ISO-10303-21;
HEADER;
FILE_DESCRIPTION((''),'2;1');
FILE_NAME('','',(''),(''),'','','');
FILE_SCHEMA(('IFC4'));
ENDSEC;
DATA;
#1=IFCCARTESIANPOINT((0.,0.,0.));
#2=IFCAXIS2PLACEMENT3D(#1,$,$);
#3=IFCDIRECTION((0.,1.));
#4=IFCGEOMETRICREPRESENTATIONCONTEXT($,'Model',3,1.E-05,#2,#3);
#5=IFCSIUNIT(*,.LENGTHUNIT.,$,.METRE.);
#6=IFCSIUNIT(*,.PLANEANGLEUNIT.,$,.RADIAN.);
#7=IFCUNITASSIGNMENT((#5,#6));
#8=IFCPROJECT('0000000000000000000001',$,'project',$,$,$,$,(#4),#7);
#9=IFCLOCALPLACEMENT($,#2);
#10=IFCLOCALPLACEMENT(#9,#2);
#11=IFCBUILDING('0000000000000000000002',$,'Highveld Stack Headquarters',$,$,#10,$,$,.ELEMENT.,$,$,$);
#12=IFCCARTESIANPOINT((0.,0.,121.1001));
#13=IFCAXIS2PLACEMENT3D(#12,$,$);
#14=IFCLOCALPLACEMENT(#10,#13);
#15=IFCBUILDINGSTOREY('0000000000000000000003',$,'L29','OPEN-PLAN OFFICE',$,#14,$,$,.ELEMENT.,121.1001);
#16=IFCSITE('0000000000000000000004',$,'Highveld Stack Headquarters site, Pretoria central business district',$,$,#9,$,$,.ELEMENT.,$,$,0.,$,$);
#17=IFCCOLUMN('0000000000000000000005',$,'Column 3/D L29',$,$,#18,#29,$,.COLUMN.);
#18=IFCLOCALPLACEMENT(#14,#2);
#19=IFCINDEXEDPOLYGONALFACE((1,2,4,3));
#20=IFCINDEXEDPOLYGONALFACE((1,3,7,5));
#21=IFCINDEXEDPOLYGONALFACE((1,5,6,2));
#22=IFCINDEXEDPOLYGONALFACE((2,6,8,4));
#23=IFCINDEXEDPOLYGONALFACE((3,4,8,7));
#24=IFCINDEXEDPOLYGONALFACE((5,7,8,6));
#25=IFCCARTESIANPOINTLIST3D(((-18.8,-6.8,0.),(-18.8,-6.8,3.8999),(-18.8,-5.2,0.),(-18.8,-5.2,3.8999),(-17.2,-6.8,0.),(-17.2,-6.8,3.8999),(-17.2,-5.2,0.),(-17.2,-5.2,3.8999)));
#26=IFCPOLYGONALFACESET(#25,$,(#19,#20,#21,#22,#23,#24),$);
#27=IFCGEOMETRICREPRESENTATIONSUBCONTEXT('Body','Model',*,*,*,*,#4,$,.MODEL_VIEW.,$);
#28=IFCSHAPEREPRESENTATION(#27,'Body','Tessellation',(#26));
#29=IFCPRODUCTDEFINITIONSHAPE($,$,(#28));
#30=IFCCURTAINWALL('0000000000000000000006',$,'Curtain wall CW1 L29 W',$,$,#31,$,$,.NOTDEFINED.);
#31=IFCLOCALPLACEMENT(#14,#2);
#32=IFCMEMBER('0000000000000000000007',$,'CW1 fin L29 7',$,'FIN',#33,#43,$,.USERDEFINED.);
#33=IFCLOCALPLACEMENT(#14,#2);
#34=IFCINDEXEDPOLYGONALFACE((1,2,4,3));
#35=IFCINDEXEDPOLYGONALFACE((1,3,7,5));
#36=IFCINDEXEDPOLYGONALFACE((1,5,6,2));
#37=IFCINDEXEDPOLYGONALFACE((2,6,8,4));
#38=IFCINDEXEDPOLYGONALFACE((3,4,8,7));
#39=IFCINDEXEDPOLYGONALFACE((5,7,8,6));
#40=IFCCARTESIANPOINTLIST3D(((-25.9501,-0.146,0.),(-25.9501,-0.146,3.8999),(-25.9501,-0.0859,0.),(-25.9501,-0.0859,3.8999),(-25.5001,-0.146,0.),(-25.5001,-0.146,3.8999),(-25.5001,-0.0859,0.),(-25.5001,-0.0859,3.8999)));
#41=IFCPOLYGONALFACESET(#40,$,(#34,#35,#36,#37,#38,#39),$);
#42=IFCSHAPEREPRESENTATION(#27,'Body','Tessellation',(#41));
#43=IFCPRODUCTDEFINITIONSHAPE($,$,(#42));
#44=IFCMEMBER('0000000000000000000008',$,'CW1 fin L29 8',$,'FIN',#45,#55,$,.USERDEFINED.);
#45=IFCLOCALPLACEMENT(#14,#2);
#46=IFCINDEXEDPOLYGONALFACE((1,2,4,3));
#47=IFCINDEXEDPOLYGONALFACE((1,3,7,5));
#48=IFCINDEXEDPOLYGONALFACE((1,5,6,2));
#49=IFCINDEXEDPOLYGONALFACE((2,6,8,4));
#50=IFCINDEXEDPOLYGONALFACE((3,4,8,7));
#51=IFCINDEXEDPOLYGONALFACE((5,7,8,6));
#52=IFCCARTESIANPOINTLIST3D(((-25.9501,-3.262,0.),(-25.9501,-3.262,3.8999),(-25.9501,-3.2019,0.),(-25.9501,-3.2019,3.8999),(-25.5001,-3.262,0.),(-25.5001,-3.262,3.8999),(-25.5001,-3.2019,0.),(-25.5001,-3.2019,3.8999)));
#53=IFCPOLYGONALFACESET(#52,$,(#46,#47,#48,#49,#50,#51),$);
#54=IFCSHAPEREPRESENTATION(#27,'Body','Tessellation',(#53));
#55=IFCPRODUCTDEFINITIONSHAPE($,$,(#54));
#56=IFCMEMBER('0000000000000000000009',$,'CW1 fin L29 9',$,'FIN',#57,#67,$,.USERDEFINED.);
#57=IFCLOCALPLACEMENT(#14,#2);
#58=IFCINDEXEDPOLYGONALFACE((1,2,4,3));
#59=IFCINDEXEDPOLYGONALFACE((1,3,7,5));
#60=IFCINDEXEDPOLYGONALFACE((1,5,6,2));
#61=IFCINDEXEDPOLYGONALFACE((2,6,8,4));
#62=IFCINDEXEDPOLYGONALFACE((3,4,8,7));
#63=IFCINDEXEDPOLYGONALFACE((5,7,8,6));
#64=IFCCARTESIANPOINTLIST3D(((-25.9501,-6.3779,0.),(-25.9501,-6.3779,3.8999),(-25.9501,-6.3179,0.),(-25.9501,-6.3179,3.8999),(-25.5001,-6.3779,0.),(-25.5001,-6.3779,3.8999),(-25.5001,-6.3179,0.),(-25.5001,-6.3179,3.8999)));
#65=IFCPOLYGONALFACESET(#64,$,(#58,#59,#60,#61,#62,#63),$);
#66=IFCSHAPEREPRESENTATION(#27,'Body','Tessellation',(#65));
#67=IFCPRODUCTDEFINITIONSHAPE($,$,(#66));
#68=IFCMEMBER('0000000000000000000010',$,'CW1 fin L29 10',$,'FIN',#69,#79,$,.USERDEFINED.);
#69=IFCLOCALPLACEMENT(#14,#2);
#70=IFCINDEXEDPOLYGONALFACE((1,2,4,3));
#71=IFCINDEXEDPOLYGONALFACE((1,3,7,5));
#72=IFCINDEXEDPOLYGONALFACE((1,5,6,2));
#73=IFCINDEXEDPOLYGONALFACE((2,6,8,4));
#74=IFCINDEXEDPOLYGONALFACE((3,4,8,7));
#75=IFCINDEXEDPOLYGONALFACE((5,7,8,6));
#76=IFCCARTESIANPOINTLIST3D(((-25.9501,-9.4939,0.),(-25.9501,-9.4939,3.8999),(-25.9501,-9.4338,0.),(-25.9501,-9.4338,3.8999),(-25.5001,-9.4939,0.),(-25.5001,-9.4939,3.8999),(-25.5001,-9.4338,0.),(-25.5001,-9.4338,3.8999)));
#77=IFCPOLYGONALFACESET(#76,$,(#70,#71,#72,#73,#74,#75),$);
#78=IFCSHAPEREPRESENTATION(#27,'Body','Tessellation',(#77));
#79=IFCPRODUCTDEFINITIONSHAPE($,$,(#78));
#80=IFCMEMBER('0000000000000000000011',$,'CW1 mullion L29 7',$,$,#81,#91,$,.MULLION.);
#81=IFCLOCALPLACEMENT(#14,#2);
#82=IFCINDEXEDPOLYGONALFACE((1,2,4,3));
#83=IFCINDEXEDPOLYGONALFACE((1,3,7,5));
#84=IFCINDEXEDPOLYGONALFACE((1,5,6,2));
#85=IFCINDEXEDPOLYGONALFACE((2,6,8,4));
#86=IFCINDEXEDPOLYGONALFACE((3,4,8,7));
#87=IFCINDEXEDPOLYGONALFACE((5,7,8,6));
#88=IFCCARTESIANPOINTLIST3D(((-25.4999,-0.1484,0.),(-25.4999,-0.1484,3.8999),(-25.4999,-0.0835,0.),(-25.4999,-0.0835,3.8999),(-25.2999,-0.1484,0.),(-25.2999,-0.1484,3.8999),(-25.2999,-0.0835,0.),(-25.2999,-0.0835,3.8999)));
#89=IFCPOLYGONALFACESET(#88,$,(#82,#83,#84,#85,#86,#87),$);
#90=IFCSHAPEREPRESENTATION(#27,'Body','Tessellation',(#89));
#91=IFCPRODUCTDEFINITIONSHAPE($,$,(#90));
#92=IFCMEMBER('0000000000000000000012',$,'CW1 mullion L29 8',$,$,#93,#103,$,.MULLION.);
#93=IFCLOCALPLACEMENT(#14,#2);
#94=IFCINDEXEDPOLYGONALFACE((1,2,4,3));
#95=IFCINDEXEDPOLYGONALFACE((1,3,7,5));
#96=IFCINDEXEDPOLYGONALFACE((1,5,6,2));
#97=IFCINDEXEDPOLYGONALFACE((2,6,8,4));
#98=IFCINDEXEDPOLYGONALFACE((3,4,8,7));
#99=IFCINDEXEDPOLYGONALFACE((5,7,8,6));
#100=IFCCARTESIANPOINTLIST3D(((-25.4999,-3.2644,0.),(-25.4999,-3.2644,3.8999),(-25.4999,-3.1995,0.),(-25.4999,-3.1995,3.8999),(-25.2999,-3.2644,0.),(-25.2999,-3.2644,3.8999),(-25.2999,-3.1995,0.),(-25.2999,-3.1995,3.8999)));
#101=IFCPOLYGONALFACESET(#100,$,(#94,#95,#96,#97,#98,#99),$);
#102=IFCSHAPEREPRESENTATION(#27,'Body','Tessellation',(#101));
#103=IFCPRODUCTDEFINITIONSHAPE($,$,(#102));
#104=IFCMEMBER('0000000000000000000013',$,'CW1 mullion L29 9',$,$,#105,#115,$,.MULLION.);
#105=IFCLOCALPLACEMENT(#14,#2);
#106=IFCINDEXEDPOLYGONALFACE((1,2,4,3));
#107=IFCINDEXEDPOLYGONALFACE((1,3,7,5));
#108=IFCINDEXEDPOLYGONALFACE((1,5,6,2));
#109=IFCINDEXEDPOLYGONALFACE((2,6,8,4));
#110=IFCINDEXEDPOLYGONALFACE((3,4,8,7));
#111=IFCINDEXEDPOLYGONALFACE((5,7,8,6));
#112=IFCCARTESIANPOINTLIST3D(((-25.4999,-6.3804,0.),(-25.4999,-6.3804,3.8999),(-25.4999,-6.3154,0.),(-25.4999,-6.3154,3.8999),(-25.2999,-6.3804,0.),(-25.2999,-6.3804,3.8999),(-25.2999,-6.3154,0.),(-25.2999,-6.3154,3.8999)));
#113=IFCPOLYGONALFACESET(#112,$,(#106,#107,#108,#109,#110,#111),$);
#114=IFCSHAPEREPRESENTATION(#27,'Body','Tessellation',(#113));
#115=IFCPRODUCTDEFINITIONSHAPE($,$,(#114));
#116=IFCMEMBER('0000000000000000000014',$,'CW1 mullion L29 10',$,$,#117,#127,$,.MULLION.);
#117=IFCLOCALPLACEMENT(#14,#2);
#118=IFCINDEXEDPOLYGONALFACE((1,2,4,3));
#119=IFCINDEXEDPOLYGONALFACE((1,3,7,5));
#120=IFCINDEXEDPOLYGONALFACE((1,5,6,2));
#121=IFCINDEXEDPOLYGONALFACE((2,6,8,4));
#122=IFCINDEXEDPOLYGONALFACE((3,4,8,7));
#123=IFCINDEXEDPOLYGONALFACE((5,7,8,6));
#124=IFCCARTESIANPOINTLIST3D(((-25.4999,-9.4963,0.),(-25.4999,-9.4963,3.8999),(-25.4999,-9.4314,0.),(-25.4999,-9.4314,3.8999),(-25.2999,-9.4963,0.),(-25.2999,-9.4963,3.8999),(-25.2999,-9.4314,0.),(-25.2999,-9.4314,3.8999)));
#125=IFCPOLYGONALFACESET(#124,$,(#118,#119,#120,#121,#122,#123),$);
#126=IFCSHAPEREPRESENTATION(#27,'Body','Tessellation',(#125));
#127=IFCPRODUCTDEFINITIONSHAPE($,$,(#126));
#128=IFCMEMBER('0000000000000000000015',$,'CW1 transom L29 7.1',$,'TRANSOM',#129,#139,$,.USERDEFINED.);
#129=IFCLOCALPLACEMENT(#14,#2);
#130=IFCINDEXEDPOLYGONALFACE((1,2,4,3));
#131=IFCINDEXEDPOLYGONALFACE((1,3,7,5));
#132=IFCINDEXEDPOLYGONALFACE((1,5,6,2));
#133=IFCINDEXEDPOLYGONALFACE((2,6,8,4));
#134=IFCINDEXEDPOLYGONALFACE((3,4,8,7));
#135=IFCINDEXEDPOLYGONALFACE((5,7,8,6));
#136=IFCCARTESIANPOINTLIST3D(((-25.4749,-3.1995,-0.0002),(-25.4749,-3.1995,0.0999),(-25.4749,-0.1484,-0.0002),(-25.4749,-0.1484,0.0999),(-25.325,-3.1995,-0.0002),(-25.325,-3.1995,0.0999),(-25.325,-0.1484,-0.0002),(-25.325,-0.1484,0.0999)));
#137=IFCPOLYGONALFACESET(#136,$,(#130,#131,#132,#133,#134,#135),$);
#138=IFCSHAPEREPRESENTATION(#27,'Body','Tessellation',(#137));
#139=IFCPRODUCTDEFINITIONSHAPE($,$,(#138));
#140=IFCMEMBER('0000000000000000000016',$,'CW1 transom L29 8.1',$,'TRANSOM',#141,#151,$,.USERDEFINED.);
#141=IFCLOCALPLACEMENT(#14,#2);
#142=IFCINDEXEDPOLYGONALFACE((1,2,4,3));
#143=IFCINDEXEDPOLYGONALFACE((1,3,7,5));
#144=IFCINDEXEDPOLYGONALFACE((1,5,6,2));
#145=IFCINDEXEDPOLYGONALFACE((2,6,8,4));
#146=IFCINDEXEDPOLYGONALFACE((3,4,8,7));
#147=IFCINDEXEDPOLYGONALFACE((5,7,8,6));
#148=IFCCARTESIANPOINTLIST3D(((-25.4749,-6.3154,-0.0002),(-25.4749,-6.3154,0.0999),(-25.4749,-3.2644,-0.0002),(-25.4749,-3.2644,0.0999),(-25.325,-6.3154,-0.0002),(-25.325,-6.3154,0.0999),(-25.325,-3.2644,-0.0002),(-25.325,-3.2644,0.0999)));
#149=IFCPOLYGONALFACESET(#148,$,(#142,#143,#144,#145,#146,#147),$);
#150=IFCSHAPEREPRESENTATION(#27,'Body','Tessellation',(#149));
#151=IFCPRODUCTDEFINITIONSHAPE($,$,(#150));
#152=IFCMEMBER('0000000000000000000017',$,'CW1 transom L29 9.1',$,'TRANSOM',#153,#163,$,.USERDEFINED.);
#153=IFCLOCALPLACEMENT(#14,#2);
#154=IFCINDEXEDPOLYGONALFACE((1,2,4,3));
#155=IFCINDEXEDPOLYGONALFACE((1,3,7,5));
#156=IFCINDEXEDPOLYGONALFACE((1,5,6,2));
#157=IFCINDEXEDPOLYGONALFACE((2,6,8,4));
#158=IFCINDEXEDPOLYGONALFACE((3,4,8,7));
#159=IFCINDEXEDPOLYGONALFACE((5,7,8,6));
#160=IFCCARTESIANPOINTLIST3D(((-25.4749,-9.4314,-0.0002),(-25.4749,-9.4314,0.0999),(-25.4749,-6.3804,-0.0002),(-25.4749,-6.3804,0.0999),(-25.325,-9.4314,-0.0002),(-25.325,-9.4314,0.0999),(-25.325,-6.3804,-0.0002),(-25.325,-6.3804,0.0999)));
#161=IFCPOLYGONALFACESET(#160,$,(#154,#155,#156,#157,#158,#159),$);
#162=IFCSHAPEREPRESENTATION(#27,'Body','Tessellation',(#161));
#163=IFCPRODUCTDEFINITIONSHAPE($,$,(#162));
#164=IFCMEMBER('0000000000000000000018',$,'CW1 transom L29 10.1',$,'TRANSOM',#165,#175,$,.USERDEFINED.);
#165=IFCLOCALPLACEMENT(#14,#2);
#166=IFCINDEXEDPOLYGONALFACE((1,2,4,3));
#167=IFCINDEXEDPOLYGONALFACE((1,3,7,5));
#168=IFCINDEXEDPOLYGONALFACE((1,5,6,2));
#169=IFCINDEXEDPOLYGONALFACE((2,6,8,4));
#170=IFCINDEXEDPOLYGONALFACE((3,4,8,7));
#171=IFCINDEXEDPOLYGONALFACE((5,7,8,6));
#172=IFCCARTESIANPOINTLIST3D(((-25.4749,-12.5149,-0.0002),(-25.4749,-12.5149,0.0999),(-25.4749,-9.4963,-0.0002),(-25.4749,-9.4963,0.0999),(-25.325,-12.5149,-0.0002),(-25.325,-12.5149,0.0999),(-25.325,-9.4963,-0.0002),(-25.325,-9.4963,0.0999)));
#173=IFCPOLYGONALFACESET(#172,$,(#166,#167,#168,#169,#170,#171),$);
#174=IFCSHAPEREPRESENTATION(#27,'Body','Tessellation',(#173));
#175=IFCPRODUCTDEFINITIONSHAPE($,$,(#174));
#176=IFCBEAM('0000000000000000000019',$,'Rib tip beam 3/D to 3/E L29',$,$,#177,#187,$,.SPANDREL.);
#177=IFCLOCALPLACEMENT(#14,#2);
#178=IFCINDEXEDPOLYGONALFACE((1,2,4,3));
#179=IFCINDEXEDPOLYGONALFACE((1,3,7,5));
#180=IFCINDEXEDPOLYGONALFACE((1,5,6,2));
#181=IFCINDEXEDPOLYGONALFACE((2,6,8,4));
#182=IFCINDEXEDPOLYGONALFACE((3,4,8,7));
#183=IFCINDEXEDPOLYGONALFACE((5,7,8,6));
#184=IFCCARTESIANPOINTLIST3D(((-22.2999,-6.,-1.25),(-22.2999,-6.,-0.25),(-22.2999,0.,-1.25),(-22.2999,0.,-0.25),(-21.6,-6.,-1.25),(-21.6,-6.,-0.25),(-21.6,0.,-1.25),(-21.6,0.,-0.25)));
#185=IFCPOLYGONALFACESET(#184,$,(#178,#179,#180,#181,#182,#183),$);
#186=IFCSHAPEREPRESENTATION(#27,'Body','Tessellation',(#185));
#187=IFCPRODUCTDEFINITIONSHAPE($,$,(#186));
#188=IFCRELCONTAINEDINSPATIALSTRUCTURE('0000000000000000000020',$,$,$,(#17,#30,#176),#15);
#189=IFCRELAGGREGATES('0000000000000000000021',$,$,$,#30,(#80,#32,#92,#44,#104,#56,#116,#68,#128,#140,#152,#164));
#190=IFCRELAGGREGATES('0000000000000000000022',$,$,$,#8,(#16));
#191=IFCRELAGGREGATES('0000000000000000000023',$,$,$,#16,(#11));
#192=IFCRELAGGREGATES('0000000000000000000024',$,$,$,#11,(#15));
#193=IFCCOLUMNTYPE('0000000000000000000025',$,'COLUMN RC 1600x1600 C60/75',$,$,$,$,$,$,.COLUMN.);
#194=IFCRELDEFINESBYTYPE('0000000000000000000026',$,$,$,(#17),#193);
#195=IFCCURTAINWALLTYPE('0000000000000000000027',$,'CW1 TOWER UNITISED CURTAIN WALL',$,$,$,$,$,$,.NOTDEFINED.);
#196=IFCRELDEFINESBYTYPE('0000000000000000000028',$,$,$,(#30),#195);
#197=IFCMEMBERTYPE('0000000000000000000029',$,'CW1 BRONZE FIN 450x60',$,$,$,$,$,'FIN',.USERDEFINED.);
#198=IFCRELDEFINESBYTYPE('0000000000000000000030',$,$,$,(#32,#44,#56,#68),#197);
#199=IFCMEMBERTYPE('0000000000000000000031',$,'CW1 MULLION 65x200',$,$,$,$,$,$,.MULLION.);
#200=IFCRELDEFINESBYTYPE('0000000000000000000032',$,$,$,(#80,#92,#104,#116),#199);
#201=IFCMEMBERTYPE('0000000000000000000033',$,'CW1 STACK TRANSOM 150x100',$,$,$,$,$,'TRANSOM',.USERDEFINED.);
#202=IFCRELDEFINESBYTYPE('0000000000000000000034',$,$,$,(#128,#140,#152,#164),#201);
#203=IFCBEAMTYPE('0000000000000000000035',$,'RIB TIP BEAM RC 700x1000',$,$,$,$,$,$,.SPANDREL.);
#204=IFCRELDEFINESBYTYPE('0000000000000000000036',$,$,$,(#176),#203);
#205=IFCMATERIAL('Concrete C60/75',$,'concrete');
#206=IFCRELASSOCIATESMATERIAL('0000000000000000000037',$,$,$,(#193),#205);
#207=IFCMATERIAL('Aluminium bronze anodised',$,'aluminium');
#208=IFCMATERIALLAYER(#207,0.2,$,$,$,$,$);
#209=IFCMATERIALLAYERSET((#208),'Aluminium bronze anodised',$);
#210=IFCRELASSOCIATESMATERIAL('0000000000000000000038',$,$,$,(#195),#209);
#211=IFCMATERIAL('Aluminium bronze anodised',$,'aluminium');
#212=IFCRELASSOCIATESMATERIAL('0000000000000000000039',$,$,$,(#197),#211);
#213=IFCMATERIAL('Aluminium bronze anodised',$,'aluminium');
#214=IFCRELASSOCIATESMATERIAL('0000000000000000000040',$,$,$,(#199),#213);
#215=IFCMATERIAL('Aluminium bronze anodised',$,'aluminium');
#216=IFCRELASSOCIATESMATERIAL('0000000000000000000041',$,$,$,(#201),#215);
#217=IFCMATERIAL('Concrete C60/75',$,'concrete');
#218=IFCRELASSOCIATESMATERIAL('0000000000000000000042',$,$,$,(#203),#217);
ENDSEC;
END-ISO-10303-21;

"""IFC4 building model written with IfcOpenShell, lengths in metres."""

from ifc_helpers import new_model, si_unit, direction, frame, origin, origin_2d, place, context, subcontext, project, spatial, rectangle, extrude, material, layer, layer_set, material_profile, profile_set, type_object, element, aggregate, save


model = new_model("IFC4")

# Units and contexts
model_context = context("Model", 3, precision=1e-05, world=origin(), true_north=direction((0.0, 1.0)))
body_context = subcontext(model_context, "Body", "Model", "MODEL_VIEW")
ifc_project = project(units=[si_unit("LENGTHUNIT", "METRE"), si_unit("PLANEANGLEUNIT", "RADIAN")], contexts=[model_context])

# Site, building, storey
site_placement = place(None, origin())
site = spatial("IfcSite", under=ifc_project, at=site_placement, Name="Highveld Stack Headquarters site, Pretoria central business district", CompositionType="ELEMENT", RefElevation=0.0)
building_placement = place(site_placement, origin())
building = spatial("IfcBuilding", under=site, at=building_placement, Name="Highveld Stack Headquarters", CompositionType="ELEMENT")
storey_placement = place(building_placement, frame((0.0, 0.0, 121.1001)))
storey = spatial("IfcBuildingStorey", under=building, at=storey_placement, Name="L29", Description="OPEN-PLAN OFFICE", CompositionType="ELEMENT", Elevation=121.1001)

# Column
ifc_material_1 = material(Name="Concrete C60/75", Category="concrete")
ifc_material_profile_1 = material_profile(ifc_material_1, rectangle(XDim=1.6001, YDim=1.6001, at=origin_2d()), Name="RC 1600x1600")
ifc_profile_set_1 = profile_set([ifc_material_profile_1], Name="Concrete C60/75")
column_type = type_object("IfcColumnType", Name="COLUMN RC 1600x1600 C60/75", PredefinedType="COLUMN", material=ifc_profile_set_1)
column_placement = place(storey_placement, frame((-18.0, -6.0, 0.0), z_axis=(0.0, 0.0, 1.0), x_axis=(1.0, 0.0, 0.0)))
element("IfcColumn", 1, at=column_placement, inside=storey, type_object=column_type, Name="Column 3/D L29", PredefinedType="COLUMN", context=body_context, shape_type="SweptSolid", body=[
    extrude(rectangle(XDim=1.6001, YDim=1.6001, at=origin_2d()), origin(), (0.0, 0.0, 1.0), 3.8999),
])

# Curtain wall, members
ifc_material_2 = material(Name="Aluminium bronze anodised", Category="aluminium")
ifc_layer_1 = layer(ifc_material_2, 0.2)
ifc_layer_set_1 = layer_set([ifc_layer_1], Name="Aluminium bronze anodised")
curtain_wall_type = type_object("IfcCurtainWallType", Name="CW1 TOWER UNITISED CURTAIN WALL", PredefinedType="NOTDEFINED", material=ifc_layer_set_1)
curtain_wall_placement = place(storey_placement, origin())
curtain_wall = element("IfcCurtainWall", 2, at=curtain_wall_placement, inside=storey, type_object=curtain_wall_type, Name="Curtain wall CW1 L29 W", PredefinedType="NOTDEFINED")
ifc_material_3 = material(Name="Aluminium bronze anodised", Category="aluminium")
ifc_material_profile_2 = material_profile(ifc_material_3, rectangle(XDim=0.45, YDim=0.0601, at=origin_2d()), Name="FIN 450x60")
ifc_profile_set_2 = profile_set([ifc_material_profile_2], Name="Aluminium bronze anodised")
member_type_1 = type_object("IfcMemberType", Name="CW1 BRONZE FIN 450x60", ElementType="FIN", PredefinedType="USERDEFINED", material=ifc_profile_set_2)
member_1_placement = place(storey_placement, frame((-25.7251, -0.116, 0.0), z_axis=(0.0, 0.0, 1.0), x_axis=(1.0, 0.0, 0.0)))
member_1 = element("IfcMember", 3, at=member_1_placement, type_object=member_type_1, Name="CW1 fin L29 7", ObjectType="FIN", PredefinedType="USERDEFINED", context=body_context, shape_type="SweptSolid", body=[
    extrude(rectangle(XDim=0.45, YDim=0.0601, at=origin_2d()), origin(), (0.0, 0.0, 1.0), 3.8999),
])
member_2_placement = place(storey_placement, frame((-25.7251, -3.2319, 0.0), z_axis=(0.0, 0.0, 1.0), x_axis=(1.0, 0.0, 0.0)))
member_2 = element("IfcMember", 4, at=member_2_placement, type_object=member_type_1, Name="CW1 fin L29 8", ObjectType="FIN", PredefinedType="USERDEFINED", context=body_context, shape_type="SweptSolid", body=[
    extrude(rectangle(XDim=0.45, YDim=0.0601, at=origin_2d()), origin(), (0.0, 0.0, 1.0), 3.8999),
])
member_3_placement = place(storey_placement, frame((-25.7251, -6.3479, 0.0), z_axis=(0.0, 0.0, 1.0), x_axis=(1.0, 0.0, 0.0)))
member_3 = element("IfcMember", 5, at=member_3_placement, type_object=member_type_1, Name="CW1 fin L29 9", ObjectType="FIN", PredefinedType="USERDEFINED", context=body_context, shape_type="SweptSolid", body=[
    extrude(rectangle(XDim=0.45, YDim=0.0601, at=origin_2d()), origin(), (0.0, 0.0, 1.0), 3.8999),
])
member_4_placement = place(storey_placement, frame((-25.7251, -9.4639, 0.0), z_axis=(0.0, 0.0, 1.0), x_axis=(1.0, 0.0, 0.0)))
member_4 = element("IfcMember", 6, at=member_4_placement, type_object=member_type_1, Name="CW1 fin L29 10", ObjectType="FIN", PredefinedType="USERDEFINED", context=body_context, shape_type="SweptSolid", body=[
    extrude(rectangle(XDim=0.45, YDim=0.0601, at=origin_2d()), origin(), (0.0, 0.0, 1.0), 3.8999),
])
ifc_material_4 = material(Name="Aluminium bronze anodised", Category="aluminium")
ifc_material_profile_3 = material_profile(ifc_material_4, rectangle(XDim=0.2, YDim=0.0649, at=origin_2d()), Name="CW1 MULLION 65x200")
ifc_profile_set_3 = profile_set([ifc_material_profile_3], Name="Aluminium bronze anodised")
member_type_2 = type_object("IfcMemberType", Name="CW1 MULLION 65x200", PredefinedType="MULLION", material=ifc_profile_set_3)
member_5_placement = place(storey_placement, frame((-25.3999, -0.116, 0.0), z_axis=(0.0, 0.0, 1.0), x_axis=(1.0, 0.0, 0.0)))
member_5 = element("IfcMember", 7, at=member_5_placement, type_object=member_type_2, Name="CW1 mullion L29 7", PredefinedType="MULLION", context=body_context, shape_type="SweptSolid", body=[
    extrude(rectangle(XDim=0.2, YDim=0.0649, at=origin_2d()), origin(), (0.0, 0.0, 1.0), 3.8999),
])
member_6_placement = place(storey_placement, frame((-25.3999, -3.2319, 0.0), z_axis=(0.0, 0.0, 1.0), x_axis=(1.0, 0.0, 0.0)))
member_6 = element("IfcMember", 8, at=member_6_placement, type_object=member_type_2, Name="CW1 mullion L29 8", PredefinedType="MULLION", context=body_context, shape_type="SweptSolid", body=[
    extrude(rectangle(XDim=0.2, YDim=0.0649, at=origin_2d()), origin(), (0.0, 0.0, 1.0), 3.8999),
])
member_7_placement = place(storey_placement, frame((-25.3999, -6.3479, 0.0), z_axis=(0.0, 0.0, 1.0), x_axis=(1.0, 0.0, 0.0)))
member_7 = element("IfcMember", 9, at=member_7_placement, type_object=member_type_2, Name="CW1 mullion L29 9", PredefinedType="MULLION", context=body_context, shape_type="SweptSolid", body=[
    extrude(rectangle(XDim=0.2, YDim=0.0649, at=origin_2d()), origin(), (0.0, 0.0, 1.0), 3.8999),
])
member_8_placement = place(storey_placement, frame((-25.3999, -9.4639, 0.0), z_axis=(0.0, 0.0, 1.0), x_axis=(1.0, 0.0, 0.0)))
member_8 = element("IfcMember", 10, at=member_8_placement, type_object=member_type_2, Name="CW1 mullion L29 10", PredefinedType="MULLION", context=body_context, shape_type="SweptSolid", body=[
    extrude(rectangle(XDim=0.2, YDim=0.0649, at=origin_2d()), origin(), (0.0, 0.0, 1.0), 3.8999),
])
ifc_material_5 = material(Name="Aluminium bronze anodised", Category="aluminium")
ifc_material_profile_4 = material_profile(ifc_material_5, rectangle(XDim=0.1499, YDim=0.1001, at=origin_2d()), Name="CW1 TRANSOM 150x100")
ifc_profile_set_4 = profile_set([ifc_material_profile_4], Name="Aluminium bronze anodised")
member_type_3 = type_object("IfcMemberType", Name="CW1 STACK TRANSOM 150x100", ElementType="TRANSOM", PredefinedType="USERDEFINED", material=ifc_profile_set_4)
member_9_placement = place(storey_placement, frame((-25.3999, -0.1484, 0.0498), z_axis=(0.0, -1.0, 0.0), x_axis=(1.0, 0.0, 0.0)))
member_9 = element("IfcMember", 11, at=member_9_placement, type_object=member_type_3, Name="CW1 transom L29 7.1", ObjectType="TRANSOM", PredefinedType="USERDEFINED", context=body_context, shape_type="SweptSolid", body=[
    extrude(rectangle(XDim=0.1499, YDim=0.1001, at=origin_2d()), origin(), (0.0, 0.0, 1.0), 3.051),
])
member_10_placement = place(storey_placement, frame((-25.3999, -3.2644, 0.0498), z_axis=(0.0, -1.0, 0.0), x_axis=(1.0, 0.0, 0.0)))
member_10 = element("IfcMember", 12, at=member_10_placement, type_object=member_type_3, Name="CW1 transom L29 8.1", ObjectType="TRANSOM", PredefinedType="USERDEFINED", context=body_context, shape_type="SweptSolid", body=[
    extrude(rectangle(XDim=0.1499, YDim=0.1001, at=origin_2d()), origin(), (0.0, 0.0, 1.0), 3.051),
])
member_11_placement = place(storey_placement, frame((-25.3999, -6.3804, 0.0498), z_axis=(0.0, -1.0, 0.0), x_axis=(1.0, 0.0, 0.0)))
member_11 = element("IfcMember", 13, at=member_11_placement, type_object=member_type_3, Name="CW1 transom L29 9.1", ObjectType="TRANSOM", PredefinedType="USERDEFINED", context=body_context, shape_type="SweptSolid", body=[
    extrude(rectangle(XDim=0.1499, YDim=0.1001, at=origin_2d()), origin(), (0.0, 0.0, 1.0), 3.051),
])
member_12_placement = place(storey_placement, frame((-25.3999, -9.4963, 0.0498), z_axis=(0.0, -1.0, 0.0), x_axis=(1.0, 0.0, 0.0)))
member_12 = element("IfcMember", 14, at=member_12_placement, type_object=member_type_3, Name="CW1 transom L29 10.1", ObjectType="TRANSOM", PredefinedType="USERDEFINED", context=body_context, shape_type="SweptSolid", body=[
    extrude(rectangle(XDim=0.1499, YDim=0.1001, at=origin_2d()), origin(), (0.0, 0.0, 1.0), 3.0186),
])

# Beam
ifc_material_6 = material(Name="Concrete C60/75", Category="concrete")
ifc_material_profile_5 = material_profile(ifc_material_6, rectangle(XDim=0.7, YDim=1.0, at=origin_2d()), Name="RC 700x1000")
ifc_profile_set_5 = profile_set([ifc_material_profile_5], Name="Concrete C60/75")
beam_type = type_object("IfcBeamType", Name="RIB TIP BEAM RC 700x1000", PredefinedType="SPANDREL", material=ifc_profile_set_5)
for number, where, z_axis, x_axis, name in (
    (15, (-21.95, -6.0, -0.75), (0.0, 1.0, 0.0), (-1.0, 0.0, 0.0), "Rib tip beam 3/D to 3/E L29"),
):
    element("IfcBeam", number, at=place(storey_placement, frame(where, z_axis=z_axis, x_axis=x_axis)), inside=storey, type_object=beam_type, Name=name, PredefinedType="SPANDREL", context=body_context, shape_type="SweptSolid", body=[
        extrude(rectangle(XDim=0.7, YDim=1.0, at=origin_2d()), origin(), (0.0, 0.0, 1.0), 6.0),
    ])

aggregate(curtain_wall, [member_5, member_1, member_6, member_2, member_7, member_3, member_8, member_4, member_9, member_10, member_11, member_12])

save(model, "model.ifc")
